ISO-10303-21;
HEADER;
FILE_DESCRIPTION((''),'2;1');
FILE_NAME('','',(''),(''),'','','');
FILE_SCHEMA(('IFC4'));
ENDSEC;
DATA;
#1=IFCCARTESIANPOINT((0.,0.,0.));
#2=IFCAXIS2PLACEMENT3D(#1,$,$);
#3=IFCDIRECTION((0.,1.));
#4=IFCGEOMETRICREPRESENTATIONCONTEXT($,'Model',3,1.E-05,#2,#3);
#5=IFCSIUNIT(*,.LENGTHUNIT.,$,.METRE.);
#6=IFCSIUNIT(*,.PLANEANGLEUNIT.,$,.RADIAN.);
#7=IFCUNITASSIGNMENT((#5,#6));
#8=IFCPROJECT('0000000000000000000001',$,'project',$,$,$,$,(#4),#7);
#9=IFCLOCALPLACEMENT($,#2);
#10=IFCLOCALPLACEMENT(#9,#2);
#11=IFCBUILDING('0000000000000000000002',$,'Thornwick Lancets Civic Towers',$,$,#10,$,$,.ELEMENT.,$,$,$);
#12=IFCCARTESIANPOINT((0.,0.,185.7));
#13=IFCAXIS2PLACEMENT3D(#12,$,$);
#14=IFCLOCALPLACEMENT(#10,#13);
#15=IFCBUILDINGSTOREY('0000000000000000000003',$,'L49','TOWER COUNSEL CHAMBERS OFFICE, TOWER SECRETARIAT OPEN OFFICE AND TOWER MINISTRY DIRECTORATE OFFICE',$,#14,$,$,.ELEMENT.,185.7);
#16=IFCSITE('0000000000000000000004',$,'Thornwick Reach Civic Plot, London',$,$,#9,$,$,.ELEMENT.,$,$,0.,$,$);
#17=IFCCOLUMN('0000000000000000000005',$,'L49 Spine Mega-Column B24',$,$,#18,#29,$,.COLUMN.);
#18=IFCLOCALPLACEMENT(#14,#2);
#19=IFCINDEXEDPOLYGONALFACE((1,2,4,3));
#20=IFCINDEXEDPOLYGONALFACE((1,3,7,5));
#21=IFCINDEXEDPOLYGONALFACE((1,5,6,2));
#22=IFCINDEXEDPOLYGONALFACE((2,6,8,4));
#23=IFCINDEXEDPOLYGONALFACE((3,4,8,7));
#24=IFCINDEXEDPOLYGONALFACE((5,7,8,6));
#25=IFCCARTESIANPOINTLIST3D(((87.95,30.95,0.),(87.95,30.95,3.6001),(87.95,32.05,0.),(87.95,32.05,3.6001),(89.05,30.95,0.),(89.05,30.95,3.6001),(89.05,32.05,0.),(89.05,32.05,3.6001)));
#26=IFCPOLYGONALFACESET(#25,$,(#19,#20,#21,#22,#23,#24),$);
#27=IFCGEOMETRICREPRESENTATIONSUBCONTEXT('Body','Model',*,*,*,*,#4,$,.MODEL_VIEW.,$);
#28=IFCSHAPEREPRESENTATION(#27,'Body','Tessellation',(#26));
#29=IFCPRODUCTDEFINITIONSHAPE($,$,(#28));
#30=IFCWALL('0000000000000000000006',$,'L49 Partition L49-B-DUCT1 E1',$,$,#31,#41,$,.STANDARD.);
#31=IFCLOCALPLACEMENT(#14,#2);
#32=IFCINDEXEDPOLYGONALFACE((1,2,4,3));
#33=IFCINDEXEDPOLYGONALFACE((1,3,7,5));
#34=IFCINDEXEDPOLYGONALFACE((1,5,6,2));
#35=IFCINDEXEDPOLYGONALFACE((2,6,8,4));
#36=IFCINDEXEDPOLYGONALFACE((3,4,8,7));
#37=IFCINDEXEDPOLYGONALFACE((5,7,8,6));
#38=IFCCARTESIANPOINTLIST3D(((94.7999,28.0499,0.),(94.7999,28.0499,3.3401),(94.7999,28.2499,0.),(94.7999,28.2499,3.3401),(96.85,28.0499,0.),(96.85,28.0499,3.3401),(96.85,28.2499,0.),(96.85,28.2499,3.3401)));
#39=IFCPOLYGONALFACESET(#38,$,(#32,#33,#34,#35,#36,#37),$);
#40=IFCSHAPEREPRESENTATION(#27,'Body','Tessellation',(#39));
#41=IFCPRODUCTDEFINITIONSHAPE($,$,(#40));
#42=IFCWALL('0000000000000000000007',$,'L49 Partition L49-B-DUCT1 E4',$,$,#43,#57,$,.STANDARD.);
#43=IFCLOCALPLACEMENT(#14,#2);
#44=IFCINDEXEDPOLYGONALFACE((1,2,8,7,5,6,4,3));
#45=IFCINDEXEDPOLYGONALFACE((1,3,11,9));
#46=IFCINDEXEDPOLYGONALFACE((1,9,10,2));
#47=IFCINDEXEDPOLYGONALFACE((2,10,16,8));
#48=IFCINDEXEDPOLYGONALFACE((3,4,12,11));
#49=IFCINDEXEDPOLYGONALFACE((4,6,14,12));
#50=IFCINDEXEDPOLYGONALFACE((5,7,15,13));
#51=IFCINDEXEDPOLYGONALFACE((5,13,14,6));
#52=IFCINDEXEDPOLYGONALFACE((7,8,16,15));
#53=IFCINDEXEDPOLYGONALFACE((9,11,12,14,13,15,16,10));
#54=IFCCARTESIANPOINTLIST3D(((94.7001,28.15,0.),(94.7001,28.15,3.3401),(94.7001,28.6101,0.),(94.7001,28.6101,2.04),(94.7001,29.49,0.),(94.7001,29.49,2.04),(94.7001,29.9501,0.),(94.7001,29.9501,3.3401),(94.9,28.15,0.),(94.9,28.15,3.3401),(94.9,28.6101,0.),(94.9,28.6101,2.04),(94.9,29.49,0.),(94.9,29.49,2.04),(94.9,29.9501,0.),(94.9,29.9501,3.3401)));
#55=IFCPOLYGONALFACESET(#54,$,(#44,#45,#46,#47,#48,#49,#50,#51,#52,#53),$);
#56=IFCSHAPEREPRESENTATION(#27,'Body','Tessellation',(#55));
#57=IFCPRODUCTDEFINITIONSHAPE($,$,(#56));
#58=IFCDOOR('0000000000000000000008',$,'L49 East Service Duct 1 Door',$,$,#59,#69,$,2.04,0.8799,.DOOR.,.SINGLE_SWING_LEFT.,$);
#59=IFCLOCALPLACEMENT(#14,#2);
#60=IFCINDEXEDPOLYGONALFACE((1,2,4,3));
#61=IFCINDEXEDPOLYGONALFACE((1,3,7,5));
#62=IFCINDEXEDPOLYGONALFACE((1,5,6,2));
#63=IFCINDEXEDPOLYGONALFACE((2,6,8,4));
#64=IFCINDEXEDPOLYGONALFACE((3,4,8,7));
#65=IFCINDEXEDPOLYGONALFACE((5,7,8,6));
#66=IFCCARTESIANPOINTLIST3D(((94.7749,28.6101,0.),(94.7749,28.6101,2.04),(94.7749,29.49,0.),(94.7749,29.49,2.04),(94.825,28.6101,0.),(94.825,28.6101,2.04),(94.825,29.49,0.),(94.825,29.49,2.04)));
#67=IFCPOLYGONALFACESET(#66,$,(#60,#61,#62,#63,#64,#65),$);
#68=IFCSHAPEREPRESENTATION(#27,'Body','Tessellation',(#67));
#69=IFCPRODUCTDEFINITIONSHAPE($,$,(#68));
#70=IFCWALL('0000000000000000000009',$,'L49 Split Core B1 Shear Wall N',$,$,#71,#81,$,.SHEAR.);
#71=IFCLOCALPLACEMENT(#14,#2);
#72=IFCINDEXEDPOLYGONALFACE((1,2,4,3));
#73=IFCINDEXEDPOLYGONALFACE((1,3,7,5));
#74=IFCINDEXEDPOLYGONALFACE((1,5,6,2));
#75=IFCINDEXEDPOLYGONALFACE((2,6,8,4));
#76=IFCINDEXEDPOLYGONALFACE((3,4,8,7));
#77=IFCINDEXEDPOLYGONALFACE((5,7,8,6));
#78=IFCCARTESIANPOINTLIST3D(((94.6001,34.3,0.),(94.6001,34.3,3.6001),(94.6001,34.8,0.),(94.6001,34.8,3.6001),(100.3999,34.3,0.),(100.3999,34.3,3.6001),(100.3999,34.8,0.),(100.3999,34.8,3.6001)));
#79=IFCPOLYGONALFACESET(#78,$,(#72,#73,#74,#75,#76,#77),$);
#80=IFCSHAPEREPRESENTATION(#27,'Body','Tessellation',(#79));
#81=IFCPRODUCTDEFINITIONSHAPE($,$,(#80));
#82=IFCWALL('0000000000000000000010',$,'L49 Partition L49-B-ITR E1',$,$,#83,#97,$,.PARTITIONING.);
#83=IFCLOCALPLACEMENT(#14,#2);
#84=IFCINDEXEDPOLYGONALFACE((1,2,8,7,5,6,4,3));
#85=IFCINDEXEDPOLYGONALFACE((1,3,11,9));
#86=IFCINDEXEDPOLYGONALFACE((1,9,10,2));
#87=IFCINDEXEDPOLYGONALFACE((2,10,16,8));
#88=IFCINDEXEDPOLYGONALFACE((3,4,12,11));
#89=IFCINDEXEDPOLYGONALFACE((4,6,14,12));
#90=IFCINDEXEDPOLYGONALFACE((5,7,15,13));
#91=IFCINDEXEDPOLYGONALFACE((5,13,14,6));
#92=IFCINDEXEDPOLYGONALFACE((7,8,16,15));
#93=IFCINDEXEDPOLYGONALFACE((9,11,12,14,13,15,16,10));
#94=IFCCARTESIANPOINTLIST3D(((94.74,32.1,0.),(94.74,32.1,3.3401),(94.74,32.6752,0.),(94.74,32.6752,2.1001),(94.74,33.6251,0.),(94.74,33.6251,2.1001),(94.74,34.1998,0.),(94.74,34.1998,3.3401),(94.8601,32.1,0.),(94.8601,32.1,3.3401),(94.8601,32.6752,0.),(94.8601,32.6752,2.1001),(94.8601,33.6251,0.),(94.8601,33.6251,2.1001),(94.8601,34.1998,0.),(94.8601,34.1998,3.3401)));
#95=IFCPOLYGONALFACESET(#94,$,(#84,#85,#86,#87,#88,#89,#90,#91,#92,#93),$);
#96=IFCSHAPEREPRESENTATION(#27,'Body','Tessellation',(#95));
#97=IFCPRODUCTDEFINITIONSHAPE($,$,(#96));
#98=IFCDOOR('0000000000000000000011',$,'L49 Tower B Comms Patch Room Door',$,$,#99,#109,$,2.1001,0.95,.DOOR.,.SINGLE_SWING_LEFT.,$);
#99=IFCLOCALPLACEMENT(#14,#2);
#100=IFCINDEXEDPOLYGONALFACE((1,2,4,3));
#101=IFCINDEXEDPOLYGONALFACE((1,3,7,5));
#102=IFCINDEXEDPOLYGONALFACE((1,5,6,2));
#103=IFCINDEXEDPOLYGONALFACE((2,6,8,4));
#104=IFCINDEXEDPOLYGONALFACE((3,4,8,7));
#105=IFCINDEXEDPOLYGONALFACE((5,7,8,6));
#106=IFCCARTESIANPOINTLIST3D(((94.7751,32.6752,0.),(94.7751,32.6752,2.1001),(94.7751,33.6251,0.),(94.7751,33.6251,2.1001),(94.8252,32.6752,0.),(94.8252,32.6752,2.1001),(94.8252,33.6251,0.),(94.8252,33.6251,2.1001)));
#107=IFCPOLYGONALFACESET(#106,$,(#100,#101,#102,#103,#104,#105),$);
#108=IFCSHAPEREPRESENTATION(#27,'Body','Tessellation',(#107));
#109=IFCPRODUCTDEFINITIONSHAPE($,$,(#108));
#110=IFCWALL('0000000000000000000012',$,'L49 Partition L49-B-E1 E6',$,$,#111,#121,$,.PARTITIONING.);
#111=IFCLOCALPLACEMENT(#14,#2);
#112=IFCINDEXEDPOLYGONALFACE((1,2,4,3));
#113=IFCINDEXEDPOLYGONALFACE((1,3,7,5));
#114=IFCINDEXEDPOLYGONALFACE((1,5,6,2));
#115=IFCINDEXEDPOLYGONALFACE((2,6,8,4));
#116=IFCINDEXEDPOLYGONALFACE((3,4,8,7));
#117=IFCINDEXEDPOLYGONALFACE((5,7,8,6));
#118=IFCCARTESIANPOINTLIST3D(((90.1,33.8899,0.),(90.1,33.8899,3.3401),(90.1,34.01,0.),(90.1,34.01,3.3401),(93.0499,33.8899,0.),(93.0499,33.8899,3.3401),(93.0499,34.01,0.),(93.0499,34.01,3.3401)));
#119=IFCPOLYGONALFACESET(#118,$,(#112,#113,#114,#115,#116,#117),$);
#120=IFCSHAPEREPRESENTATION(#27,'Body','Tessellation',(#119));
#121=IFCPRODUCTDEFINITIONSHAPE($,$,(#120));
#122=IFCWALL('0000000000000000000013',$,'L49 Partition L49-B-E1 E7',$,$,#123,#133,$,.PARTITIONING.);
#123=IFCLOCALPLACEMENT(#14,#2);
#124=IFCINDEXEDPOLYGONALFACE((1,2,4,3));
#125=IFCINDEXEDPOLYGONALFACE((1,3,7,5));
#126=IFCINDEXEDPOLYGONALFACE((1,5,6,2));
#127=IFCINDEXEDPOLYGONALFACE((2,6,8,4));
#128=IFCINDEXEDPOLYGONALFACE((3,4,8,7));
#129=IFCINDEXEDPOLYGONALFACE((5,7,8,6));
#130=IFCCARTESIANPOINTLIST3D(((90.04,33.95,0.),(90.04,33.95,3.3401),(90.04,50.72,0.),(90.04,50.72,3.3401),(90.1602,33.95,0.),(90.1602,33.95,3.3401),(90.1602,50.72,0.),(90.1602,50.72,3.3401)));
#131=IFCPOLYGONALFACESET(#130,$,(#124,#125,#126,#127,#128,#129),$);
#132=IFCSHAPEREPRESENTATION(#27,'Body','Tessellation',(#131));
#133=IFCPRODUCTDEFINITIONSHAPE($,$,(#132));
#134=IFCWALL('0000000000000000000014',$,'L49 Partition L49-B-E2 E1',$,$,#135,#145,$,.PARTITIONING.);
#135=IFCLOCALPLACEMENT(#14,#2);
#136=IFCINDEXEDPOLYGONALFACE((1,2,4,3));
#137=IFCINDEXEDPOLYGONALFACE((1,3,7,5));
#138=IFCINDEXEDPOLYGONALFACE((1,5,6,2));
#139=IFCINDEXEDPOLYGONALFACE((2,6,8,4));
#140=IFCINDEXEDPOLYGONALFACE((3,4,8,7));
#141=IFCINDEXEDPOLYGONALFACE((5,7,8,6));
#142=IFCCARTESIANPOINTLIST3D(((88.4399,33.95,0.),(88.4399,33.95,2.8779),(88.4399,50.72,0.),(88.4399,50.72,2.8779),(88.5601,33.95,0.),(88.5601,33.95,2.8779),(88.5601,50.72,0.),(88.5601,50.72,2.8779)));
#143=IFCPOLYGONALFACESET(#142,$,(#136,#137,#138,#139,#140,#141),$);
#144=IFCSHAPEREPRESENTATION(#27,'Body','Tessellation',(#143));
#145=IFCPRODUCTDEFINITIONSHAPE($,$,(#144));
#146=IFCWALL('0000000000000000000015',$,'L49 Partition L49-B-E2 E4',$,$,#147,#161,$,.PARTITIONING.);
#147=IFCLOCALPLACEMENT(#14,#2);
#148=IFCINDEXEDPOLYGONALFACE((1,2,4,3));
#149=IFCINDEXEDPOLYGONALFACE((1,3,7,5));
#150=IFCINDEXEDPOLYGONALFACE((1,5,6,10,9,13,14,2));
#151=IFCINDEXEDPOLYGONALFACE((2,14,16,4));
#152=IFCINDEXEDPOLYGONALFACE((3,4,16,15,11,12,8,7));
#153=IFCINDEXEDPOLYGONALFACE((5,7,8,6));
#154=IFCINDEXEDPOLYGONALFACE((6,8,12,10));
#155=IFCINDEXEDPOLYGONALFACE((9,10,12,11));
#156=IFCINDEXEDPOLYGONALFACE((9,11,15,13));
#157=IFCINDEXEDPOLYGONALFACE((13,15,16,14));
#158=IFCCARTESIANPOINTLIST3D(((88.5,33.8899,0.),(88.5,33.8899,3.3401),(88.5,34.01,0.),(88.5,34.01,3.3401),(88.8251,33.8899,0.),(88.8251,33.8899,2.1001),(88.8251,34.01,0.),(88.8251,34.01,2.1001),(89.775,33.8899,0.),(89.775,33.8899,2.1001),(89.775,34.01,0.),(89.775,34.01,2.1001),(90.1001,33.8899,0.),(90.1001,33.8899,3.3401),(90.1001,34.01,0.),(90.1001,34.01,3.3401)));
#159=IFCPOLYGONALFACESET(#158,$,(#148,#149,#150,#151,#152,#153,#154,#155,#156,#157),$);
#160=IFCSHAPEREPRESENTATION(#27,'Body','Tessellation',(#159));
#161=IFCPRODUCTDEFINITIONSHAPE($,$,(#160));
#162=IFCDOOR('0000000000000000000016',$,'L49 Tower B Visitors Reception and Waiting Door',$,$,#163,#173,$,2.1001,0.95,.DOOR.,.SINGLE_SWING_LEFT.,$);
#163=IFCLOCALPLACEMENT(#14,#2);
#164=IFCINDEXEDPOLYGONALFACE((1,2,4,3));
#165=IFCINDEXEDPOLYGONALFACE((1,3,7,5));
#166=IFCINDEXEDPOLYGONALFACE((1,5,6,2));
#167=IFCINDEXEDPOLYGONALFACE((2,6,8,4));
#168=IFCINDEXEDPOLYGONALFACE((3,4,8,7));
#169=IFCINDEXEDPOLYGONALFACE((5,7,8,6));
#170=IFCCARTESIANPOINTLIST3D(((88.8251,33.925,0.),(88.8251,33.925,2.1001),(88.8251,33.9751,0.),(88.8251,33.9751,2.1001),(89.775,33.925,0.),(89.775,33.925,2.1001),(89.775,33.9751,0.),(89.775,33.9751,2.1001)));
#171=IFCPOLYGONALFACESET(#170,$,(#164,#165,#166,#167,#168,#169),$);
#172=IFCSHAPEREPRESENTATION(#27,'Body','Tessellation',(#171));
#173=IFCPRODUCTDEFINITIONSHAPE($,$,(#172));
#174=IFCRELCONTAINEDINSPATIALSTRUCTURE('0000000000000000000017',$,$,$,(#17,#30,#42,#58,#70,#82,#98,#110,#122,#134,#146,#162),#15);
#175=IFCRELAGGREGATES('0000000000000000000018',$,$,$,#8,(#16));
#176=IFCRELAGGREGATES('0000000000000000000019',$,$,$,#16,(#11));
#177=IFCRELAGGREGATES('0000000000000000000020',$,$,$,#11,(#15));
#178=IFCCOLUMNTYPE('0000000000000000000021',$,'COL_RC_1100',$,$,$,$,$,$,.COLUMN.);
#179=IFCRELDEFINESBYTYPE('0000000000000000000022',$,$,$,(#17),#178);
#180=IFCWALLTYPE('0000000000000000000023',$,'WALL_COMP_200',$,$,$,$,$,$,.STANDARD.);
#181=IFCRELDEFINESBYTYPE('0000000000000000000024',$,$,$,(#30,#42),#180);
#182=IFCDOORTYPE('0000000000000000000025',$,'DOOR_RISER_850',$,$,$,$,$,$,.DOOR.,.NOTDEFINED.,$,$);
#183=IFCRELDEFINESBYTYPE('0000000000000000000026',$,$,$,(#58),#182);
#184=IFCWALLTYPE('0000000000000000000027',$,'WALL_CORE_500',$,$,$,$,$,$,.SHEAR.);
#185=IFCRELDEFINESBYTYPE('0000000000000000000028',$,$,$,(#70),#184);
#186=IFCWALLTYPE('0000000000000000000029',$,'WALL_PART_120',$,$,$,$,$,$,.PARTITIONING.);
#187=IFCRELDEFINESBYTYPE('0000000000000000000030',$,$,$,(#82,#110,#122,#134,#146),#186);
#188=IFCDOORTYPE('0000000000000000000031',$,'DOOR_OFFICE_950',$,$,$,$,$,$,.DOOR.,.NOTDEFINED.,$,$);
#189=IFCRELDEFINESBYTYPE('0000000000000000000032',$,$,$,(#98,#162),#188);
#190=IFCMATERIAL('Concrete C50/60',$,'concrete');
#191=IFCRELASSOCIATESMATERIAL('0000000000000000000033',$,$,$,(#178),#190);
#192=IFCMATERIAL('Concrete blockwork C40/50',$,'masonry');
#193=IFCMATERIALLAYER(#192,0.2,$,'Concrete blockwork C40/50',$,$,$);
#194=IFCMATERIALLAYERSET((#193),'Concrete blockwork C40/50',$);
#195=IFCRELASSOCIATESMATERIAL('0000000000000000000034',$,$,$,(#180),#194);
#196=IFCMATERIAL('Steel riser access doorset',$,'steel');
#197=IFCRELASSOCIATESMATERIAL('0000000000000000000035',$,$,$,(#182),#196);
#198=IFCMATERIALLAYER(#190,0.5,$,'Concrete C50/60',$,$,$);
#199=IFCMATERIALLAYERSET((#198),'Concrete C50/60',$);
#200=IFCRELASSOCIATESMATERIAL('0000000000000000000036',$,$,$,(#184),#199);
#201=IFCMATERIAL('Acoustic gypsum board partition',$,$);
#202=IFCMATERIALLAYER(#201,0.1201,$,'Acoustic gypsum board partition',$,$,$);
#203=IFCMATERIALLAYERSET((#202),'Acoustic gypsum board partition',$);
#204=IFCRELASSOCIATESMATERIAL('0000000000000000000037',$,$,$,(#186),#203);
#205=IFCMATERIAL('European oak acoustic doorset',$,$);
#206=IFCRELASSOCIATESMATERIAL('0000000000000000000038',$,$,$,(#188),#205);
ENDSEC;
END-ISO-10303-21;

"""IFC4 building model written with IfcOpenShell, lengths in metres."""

from ifc_helpers import new_model, si_unit, direction, frame, frame_2d, origin, origin_2d, place, context, subcontext, project, spatial, rectangle, extrude, material, layer, layer_set, material_profile, profile_set, type_object, element, fill, save


model = new_model("IFC4")

# Units and contexts
model_context = context("Model", 3, precision=1e-05, world=origin(), true_north=direction((0.0, 1.0)))
body_context = subcontext(model_context, "Body", "Model", "MODEL_VIEW")
ifc_project = project(units=[si_unit("LENGTHUNIT", "METRE"), si_unit("PLANEANGLEUNIT", "RADIAN")], contexts=[model_context])

# Site, building, storey
site_placement = place(None, origin())
site = spatial("IfcSite", under=ifc_project, at=site_placement, Name="Thornwick Reach Civic Plot, London", CompositionType="ELEMENT", RefElevation=0.0)
building_placement = place(site_placement, origin())
building = spatial("IfcBuilding", under=site, at=building_placement, Name="Thornwick Lancets Civic Towers", CompositionType="ELEMENT")
storey_placement = place(building_placement, frame((0.0, 0.0, 185.7)))
storey = spatial("IfcBuildingStorey", under=building, at=storey_placement, Name="L49", Description="TOWER COUNSEL CHAMBERS OFFICE, TOWER SECRETARIAT OPEN OFFICE AND TOWER MINISTRY DIRECTORATE OFFICE", CompositionType="ELEMENT", Elevation=185.7)

# Column
ifc_material_1 = material(Name="Concrete C50/60", Category="concrete")
ifc_material_profile = material_profile(ifc_material_1, rectangle(XDim=1.1001, YDim=1.1001, at=origin_2d()), Name="RC 1100x1100")
ifc_profile_set = profile_set([ifc_material_profile], Name="Concrete C50/60")
column_type = type_object("IfcColumnType", Name="COL_RC_1100", PredefinedType="COLUMN", material=ifc_profile_set)
column_placement = place(storey_placement, frame((88.5, 31.5, 0.0), z_axis=(0.0, 0.0, 1.0), x_axis=(1.0, 0.0, 0.0)))
element("IfcColumn", 1, at=column_placement, inside=storey, type_object=column_type, Name="L49 Spine Mega-Column B24", PredefinedType="COLUMN", context=body_context, shape_type="SweptSolid", body=[
    extrude(rectangle(XDim=1.1001, YDim=1.1001, at=origin_2d()), origin(), (0.0, 0.0, 1.0), 3.6001),
])

# Wall
ifc_material_2 = material(Name="Concrete blockwork C40/50", Category="masonry")
ifc_layer_1 = layer(ifc_material_2, 0.2, Name="Concrete blockwork C40/50")
ifc_layer_set_1 = layer_set([ifc_layer_1], Name="Concrete blockwork C40/50")
wall_type_1 = type_object("IfcWallType", Name="WALL_COMP_200", PredefinedType="STANDARD", material=ifc_layer_set_1)
wall_1_placement = place(storey_placement, frame((94.8, 28.1499, 0.0), z_axis=(0.0, 0.0, 1.0), x_axis=(1.0, 0.0, 0.0)))
element("IfcWall", 2, at=wall_1_placement, inside=storey, type_object=wall_type_1, Name="L49 Partition L49-B-DUCT1 E1", PredefinedType="STANDARD", context=body_context, shape_type="SweptSolid", body=[
    extrude(rectangle(XDim=2.05, YDim=0.2, at=frame_2d((1.0249, 0.0))), origin(), (0.0, 0.0, 1.0), 3.3401),
])

# Wall, opening, door
wall_2_placement = place(storey_placement, frame((94.8, 29.95, 0.0), z_axis=(0.0, 0.0, 1.0), x_axis=(0.0, -1.0, 0.0)))
wall_2 = element("IfcWall", 3, at=wall_2_placement, inside=storey, type_object=wall_type_1, Name="L49 Partition L49-B-DUCT1 E4", PredefinedType="STANDARD", context=body_context, shape_type="SweptSolid", body=[
    extrude(rectangle(XDim=1.8, YDim=0.2, at=frame_2d((0.8999, 0.0))), origin(), (0.0, 0.0, 1.0), 3.3401),
])
opening_1_placement = place(wall_2_placement, frame((0.46, 0.0, 0.0)))
opening_1 = element("IfcOpeningElement", 4, at=opening_1_placement, cuts=wall_2, PredefinedType="OPENING", context=body_context, shape_type="SweptSolid", body=[
    extrude(rectangle(XDim=0.8799, YDim=2.04, at=frame_2d((0.4399, 1.02))), frame((0.0, 0.1099, 0.0), z_axis=(0.0, -1.0, 0.0), x_axis=(1.0, 0.0, 0.0)), (0.0, 0.0, 1.0), 0.22),
])
ifc_material_3 = material(Name="Steel riser access doorset", Category="steel")
door_type_1 = type_object("IfcDoorType", Name="DOOR_RISER_850", OperationType="NOTDEFINED", PredefinedType="DOOR", material=ifc_material_3)
door_1_placement = place(opening_1_placement, origin())
door_1 = element("IfcDoor", 5, at=door_1_placement, inside=storey, type_object=door_type_1, Name="L49 East Service Duct 1 Door", OperationType="SINGLE_SWING_LEFT", OverallHeight=2.04, OverallWidth=0.8799, PredefinedType="DOOR", context=body_context, shape_type="SweptSolid", body=[
    extrude(rectangle(XDim=0.8799, YDim=2.04, at=frame_2d((0.4399, 1.02))), frame((0.0, 0.0249, 0.0), z_axis=(0.0, -1.0, 0.0), x_axis=(1.0, 0.0, 0.0)), (0.0, 0.0, 1.0), 0.05),
])
fill(opening_1, door_1)

# Wall
ifc_layer_2 = layer(ifc_material_1, 0.5, Name="Concrete C50/60")
ifc_layer_set_2 = layer_set([ifc_layer_2], Name="Concrete C50/60")
wall_type_2 = type_object("IfcWallType", Name="WALL_CORE_500", PredefinedType="SHEAR", material=ifc_layer_set_2)
wall_3_placement = place(storey_placement, frame((94.6001, 34.55, 0.0), z_axis=(0.0, 0.0, 1.0), x_axis=(1.0, 0.0, 0.0)))
element("IfcWall", 6, at=wall_3_placement, inside=storey, type_object=wall_type_2, Name="L49 Split Core B1 Shear Wall N", PredefinedType="SHEAR", context=body_context, shape_type="SweptSolid", body=[
    extrude(rectangle(XDim=5.7998, YDim=0.5, at=frame_2d((2.8999, 0.0))), origin(), (0.0, 0.0, 1.0), 3.6001),
])

# Wall, opening, door
ifc_material_4 = material(Name="Acoustic gypsum board partition")
ifc_layer_3 = layer(ifc_material_4, 0.1201, Name="Acoustic gypsum board partition")
ifc_layer_set_3 = layer_set([ifc_layer_3], Name="Acoustic gypsum board partition")
wall_type_3 = type_object("IfcWallType", Name="WALL_PART_120", PredefinedType="PARTITIONING", material=ifc_layer_set_3)
wall_4_placement = place(storey_placement, frame((94.8, 32.1001, 0.0), z_axis=(0.0, 0.0, 1.0), x_axis=(0.0, 1.0, 0.0)))
wall_4 = element("IfcWall", 7, at=wall_4_placement, inside=storey, type_object=wall_type_3, Name="L49 Partition L49-B-ITR E1", PredefinedType="PARTITIONING", context=body_context, shape_type="SweptSolid", body=[
    extrude(rectangle(XDim=2.0999, YDim=0.1201, at=frame_2d((1.0498, 0.0))), origin(), (0.0, 0.0, 1.0), 3.3401),
])
opening_2_placement = place(wall_4_placement, frame((0.575, 0.0, 0.0)))
opening_2 = element("IfcOpeningElement", 8, at=opening_2_placement, cuts=wall_4, PredefinedType="OPENING", context=body_context, shape_type="SweptSolid", body=[
    extrude(rectangle(XDim=0.95, YDim=2.1001, at=frame_2d((0.4751, 1.05))), frame((0.0, 0.0701, 0.0), z_axis=(0.0, -1.0, 0.0), x_axis=(1.0, 0.0, 0.0)), (0.0, 0.0, 1.0), 0.1401),
])
ifc_material_5 = material(Name="European oak acoustic doorset")
door_type_2 = type_object("IfcDoorType", Name="DOOR_OFFICE_950", OperationType="NOTDEFINED", PredefinedType="DOOR", material=ifc_material_5)
door_2_placement = place(opening_2_placement, origin())
door_2 = element("IfcDoor", 9, at=door_2_placement, inside=storey, type_object=door_type_2, Name="L49 Tower B Comms Patch Room Door", OperationType="SINGLE_SWING_LEFT", OverallHeight=2.1001, OverallWidth=0.95, PredefinedType="DOOR", context=body_context, shape_type="SweptSolid", body=[
    extrude(rectangle(XDim=0.95, YDim=2.1001, at=frame_2d((0.4751, 1.05))), frame((0.0, 0.0249, 0.0), z_axis=(0.0, -1.0, 0.0), x_axis=(1.0, 0.0, 0.0)), (0.0, 0.0, 1.0), 0.05),
])
fill(opening_2, door_2)

# Walls
wall_5_placement = place(storey_placement, frame((93.05, 33.95, 0.0), z_axis=(0.0, 0.0, 1.0), x_axis=(-1.0, 0.0, 0.0)))
element("IfcWall", 10, at=wall_5_placement, inside=storey, type_object=wall_type_3, Name="L49 Partition L49-B-E1 E6", PredefinedType="PARTITIONING", context=body_context, shape_type="SweptSolid", body=[
    extrude(rectangle(XDim=2.95, YDim=0.1201, at=frame_2d((1.4751, 0.0))), origin(), (0.0, 0.0, 1.0), 3.3401),
])
wall_6_placement = place(storey_placement, frame((90.1001, 33.95, 0.0), z_axis=(0.0, 0.0, 1.0), x_axis=(0.0, 1.0, 0.0)))
element("IfcWall", 11, at=wall_6_placement, inside=storey, type_object=wall_type_3, Name="L49 Partition L49-B-E1 E7", PredefinedType="PARTITIONING", context=body_context, shape_type="SweptSolid", body=[
    extrude(rectangle(XDim=16.77, YDim=0.1201, at=frame_2d((8.385, 0.0))), origin(), (0.0, 0.0, 1.0), 3.3401),
])
wall_7_placement = place(storey_placement, frame((88.5, 33.95, 0.0), z_axis=(0.0, 0.0, 1.0), x_axis=(0.0, 1.0, 0.0)))
element("IfcWall", 12, at=wall_7_placement, inside=storey, type_object=wall_type_3, Name="L49 Partition L49-B-E2 E1", PredefinedType="PARTITIONING", context=body_context, shape_type="SweptSolid", body=[
    extrude(rectangle(XDim=16.77, YDim=0.1201, at=frame_2d((8.385, 0.0))), origin(), (0.0, 0.0, 1.0), 2.8779),
])

# Wall, opening, door
wall_8_placement = place(storey_placement, frame((90.1001, 33.95, 0.0), z_axis=(0.0, 0.0, 1.0), x_axis=(-1.0, 0.0, 0.0)))
wall_8 = element("IfcWall", 13, at=wall_8_placement, inside=storey, type_object=wall_type_3, Name="L49 Partition L49-B-E2 E4", PredefinedType="PARTITIONING", context=body_context, shape_type="SweptSolid", body=[
    extrude(rectangle(XDim=1.6001, YDim=0.1201, at=frame_2d((0.8, 0.0))), origin(), (0.0, 0.0, 1.0), 3.3401),
])
opening_3_placement = place(wall_8_placement, frame((0.325, 0.0, 0.0)))
opening_3 = element("IfcOpeningElement", 14, at=opening_3_placement, cuts=wall_8, PredefinedType="OPENING", context=body_context, shape_type="SweptSolid", body=[
    extrude(rectangle(XDim=0.95, YDim=2.1001, at=frame_2d((0.4751, 1.05))), frame((0.0, 0.0701, 0.0), z_axis=(0.0, -1.0, 0.0), x_axis=(1.0, 0.0, 0.0)), (0.0, 0.0, 1.0), 0.1401),
])
door_3_placement = place(opening_3_placement, origin())
door_3 = element("IfcDoor", 15, at=door_3_placement, inside=storey, type_object=door_type_2, Name="L49 Tower B Visitors Reception and Waiting Door", OperationType="SINGLE_SWING_LEFT", OverallHeight=2.1001, OverallWidth=0.95, PredefinedType="DOOR", context=body_context, shape_type="SweptSolid", body=[
    extrude(rectangle(XDim=0.95, YDim=2.1001, at=frame_2d((0.4751, 1.05))), frame((0.0, 0.0249, 0.0), z_axis=(0.0, -1.0, 0.0), x_axis=(1.0, 0.0, 0.0)), (0.0, 0.0, 1.0), 0.05),
])
fill(opening_3, door_3)

save(model, "model.ifc")
